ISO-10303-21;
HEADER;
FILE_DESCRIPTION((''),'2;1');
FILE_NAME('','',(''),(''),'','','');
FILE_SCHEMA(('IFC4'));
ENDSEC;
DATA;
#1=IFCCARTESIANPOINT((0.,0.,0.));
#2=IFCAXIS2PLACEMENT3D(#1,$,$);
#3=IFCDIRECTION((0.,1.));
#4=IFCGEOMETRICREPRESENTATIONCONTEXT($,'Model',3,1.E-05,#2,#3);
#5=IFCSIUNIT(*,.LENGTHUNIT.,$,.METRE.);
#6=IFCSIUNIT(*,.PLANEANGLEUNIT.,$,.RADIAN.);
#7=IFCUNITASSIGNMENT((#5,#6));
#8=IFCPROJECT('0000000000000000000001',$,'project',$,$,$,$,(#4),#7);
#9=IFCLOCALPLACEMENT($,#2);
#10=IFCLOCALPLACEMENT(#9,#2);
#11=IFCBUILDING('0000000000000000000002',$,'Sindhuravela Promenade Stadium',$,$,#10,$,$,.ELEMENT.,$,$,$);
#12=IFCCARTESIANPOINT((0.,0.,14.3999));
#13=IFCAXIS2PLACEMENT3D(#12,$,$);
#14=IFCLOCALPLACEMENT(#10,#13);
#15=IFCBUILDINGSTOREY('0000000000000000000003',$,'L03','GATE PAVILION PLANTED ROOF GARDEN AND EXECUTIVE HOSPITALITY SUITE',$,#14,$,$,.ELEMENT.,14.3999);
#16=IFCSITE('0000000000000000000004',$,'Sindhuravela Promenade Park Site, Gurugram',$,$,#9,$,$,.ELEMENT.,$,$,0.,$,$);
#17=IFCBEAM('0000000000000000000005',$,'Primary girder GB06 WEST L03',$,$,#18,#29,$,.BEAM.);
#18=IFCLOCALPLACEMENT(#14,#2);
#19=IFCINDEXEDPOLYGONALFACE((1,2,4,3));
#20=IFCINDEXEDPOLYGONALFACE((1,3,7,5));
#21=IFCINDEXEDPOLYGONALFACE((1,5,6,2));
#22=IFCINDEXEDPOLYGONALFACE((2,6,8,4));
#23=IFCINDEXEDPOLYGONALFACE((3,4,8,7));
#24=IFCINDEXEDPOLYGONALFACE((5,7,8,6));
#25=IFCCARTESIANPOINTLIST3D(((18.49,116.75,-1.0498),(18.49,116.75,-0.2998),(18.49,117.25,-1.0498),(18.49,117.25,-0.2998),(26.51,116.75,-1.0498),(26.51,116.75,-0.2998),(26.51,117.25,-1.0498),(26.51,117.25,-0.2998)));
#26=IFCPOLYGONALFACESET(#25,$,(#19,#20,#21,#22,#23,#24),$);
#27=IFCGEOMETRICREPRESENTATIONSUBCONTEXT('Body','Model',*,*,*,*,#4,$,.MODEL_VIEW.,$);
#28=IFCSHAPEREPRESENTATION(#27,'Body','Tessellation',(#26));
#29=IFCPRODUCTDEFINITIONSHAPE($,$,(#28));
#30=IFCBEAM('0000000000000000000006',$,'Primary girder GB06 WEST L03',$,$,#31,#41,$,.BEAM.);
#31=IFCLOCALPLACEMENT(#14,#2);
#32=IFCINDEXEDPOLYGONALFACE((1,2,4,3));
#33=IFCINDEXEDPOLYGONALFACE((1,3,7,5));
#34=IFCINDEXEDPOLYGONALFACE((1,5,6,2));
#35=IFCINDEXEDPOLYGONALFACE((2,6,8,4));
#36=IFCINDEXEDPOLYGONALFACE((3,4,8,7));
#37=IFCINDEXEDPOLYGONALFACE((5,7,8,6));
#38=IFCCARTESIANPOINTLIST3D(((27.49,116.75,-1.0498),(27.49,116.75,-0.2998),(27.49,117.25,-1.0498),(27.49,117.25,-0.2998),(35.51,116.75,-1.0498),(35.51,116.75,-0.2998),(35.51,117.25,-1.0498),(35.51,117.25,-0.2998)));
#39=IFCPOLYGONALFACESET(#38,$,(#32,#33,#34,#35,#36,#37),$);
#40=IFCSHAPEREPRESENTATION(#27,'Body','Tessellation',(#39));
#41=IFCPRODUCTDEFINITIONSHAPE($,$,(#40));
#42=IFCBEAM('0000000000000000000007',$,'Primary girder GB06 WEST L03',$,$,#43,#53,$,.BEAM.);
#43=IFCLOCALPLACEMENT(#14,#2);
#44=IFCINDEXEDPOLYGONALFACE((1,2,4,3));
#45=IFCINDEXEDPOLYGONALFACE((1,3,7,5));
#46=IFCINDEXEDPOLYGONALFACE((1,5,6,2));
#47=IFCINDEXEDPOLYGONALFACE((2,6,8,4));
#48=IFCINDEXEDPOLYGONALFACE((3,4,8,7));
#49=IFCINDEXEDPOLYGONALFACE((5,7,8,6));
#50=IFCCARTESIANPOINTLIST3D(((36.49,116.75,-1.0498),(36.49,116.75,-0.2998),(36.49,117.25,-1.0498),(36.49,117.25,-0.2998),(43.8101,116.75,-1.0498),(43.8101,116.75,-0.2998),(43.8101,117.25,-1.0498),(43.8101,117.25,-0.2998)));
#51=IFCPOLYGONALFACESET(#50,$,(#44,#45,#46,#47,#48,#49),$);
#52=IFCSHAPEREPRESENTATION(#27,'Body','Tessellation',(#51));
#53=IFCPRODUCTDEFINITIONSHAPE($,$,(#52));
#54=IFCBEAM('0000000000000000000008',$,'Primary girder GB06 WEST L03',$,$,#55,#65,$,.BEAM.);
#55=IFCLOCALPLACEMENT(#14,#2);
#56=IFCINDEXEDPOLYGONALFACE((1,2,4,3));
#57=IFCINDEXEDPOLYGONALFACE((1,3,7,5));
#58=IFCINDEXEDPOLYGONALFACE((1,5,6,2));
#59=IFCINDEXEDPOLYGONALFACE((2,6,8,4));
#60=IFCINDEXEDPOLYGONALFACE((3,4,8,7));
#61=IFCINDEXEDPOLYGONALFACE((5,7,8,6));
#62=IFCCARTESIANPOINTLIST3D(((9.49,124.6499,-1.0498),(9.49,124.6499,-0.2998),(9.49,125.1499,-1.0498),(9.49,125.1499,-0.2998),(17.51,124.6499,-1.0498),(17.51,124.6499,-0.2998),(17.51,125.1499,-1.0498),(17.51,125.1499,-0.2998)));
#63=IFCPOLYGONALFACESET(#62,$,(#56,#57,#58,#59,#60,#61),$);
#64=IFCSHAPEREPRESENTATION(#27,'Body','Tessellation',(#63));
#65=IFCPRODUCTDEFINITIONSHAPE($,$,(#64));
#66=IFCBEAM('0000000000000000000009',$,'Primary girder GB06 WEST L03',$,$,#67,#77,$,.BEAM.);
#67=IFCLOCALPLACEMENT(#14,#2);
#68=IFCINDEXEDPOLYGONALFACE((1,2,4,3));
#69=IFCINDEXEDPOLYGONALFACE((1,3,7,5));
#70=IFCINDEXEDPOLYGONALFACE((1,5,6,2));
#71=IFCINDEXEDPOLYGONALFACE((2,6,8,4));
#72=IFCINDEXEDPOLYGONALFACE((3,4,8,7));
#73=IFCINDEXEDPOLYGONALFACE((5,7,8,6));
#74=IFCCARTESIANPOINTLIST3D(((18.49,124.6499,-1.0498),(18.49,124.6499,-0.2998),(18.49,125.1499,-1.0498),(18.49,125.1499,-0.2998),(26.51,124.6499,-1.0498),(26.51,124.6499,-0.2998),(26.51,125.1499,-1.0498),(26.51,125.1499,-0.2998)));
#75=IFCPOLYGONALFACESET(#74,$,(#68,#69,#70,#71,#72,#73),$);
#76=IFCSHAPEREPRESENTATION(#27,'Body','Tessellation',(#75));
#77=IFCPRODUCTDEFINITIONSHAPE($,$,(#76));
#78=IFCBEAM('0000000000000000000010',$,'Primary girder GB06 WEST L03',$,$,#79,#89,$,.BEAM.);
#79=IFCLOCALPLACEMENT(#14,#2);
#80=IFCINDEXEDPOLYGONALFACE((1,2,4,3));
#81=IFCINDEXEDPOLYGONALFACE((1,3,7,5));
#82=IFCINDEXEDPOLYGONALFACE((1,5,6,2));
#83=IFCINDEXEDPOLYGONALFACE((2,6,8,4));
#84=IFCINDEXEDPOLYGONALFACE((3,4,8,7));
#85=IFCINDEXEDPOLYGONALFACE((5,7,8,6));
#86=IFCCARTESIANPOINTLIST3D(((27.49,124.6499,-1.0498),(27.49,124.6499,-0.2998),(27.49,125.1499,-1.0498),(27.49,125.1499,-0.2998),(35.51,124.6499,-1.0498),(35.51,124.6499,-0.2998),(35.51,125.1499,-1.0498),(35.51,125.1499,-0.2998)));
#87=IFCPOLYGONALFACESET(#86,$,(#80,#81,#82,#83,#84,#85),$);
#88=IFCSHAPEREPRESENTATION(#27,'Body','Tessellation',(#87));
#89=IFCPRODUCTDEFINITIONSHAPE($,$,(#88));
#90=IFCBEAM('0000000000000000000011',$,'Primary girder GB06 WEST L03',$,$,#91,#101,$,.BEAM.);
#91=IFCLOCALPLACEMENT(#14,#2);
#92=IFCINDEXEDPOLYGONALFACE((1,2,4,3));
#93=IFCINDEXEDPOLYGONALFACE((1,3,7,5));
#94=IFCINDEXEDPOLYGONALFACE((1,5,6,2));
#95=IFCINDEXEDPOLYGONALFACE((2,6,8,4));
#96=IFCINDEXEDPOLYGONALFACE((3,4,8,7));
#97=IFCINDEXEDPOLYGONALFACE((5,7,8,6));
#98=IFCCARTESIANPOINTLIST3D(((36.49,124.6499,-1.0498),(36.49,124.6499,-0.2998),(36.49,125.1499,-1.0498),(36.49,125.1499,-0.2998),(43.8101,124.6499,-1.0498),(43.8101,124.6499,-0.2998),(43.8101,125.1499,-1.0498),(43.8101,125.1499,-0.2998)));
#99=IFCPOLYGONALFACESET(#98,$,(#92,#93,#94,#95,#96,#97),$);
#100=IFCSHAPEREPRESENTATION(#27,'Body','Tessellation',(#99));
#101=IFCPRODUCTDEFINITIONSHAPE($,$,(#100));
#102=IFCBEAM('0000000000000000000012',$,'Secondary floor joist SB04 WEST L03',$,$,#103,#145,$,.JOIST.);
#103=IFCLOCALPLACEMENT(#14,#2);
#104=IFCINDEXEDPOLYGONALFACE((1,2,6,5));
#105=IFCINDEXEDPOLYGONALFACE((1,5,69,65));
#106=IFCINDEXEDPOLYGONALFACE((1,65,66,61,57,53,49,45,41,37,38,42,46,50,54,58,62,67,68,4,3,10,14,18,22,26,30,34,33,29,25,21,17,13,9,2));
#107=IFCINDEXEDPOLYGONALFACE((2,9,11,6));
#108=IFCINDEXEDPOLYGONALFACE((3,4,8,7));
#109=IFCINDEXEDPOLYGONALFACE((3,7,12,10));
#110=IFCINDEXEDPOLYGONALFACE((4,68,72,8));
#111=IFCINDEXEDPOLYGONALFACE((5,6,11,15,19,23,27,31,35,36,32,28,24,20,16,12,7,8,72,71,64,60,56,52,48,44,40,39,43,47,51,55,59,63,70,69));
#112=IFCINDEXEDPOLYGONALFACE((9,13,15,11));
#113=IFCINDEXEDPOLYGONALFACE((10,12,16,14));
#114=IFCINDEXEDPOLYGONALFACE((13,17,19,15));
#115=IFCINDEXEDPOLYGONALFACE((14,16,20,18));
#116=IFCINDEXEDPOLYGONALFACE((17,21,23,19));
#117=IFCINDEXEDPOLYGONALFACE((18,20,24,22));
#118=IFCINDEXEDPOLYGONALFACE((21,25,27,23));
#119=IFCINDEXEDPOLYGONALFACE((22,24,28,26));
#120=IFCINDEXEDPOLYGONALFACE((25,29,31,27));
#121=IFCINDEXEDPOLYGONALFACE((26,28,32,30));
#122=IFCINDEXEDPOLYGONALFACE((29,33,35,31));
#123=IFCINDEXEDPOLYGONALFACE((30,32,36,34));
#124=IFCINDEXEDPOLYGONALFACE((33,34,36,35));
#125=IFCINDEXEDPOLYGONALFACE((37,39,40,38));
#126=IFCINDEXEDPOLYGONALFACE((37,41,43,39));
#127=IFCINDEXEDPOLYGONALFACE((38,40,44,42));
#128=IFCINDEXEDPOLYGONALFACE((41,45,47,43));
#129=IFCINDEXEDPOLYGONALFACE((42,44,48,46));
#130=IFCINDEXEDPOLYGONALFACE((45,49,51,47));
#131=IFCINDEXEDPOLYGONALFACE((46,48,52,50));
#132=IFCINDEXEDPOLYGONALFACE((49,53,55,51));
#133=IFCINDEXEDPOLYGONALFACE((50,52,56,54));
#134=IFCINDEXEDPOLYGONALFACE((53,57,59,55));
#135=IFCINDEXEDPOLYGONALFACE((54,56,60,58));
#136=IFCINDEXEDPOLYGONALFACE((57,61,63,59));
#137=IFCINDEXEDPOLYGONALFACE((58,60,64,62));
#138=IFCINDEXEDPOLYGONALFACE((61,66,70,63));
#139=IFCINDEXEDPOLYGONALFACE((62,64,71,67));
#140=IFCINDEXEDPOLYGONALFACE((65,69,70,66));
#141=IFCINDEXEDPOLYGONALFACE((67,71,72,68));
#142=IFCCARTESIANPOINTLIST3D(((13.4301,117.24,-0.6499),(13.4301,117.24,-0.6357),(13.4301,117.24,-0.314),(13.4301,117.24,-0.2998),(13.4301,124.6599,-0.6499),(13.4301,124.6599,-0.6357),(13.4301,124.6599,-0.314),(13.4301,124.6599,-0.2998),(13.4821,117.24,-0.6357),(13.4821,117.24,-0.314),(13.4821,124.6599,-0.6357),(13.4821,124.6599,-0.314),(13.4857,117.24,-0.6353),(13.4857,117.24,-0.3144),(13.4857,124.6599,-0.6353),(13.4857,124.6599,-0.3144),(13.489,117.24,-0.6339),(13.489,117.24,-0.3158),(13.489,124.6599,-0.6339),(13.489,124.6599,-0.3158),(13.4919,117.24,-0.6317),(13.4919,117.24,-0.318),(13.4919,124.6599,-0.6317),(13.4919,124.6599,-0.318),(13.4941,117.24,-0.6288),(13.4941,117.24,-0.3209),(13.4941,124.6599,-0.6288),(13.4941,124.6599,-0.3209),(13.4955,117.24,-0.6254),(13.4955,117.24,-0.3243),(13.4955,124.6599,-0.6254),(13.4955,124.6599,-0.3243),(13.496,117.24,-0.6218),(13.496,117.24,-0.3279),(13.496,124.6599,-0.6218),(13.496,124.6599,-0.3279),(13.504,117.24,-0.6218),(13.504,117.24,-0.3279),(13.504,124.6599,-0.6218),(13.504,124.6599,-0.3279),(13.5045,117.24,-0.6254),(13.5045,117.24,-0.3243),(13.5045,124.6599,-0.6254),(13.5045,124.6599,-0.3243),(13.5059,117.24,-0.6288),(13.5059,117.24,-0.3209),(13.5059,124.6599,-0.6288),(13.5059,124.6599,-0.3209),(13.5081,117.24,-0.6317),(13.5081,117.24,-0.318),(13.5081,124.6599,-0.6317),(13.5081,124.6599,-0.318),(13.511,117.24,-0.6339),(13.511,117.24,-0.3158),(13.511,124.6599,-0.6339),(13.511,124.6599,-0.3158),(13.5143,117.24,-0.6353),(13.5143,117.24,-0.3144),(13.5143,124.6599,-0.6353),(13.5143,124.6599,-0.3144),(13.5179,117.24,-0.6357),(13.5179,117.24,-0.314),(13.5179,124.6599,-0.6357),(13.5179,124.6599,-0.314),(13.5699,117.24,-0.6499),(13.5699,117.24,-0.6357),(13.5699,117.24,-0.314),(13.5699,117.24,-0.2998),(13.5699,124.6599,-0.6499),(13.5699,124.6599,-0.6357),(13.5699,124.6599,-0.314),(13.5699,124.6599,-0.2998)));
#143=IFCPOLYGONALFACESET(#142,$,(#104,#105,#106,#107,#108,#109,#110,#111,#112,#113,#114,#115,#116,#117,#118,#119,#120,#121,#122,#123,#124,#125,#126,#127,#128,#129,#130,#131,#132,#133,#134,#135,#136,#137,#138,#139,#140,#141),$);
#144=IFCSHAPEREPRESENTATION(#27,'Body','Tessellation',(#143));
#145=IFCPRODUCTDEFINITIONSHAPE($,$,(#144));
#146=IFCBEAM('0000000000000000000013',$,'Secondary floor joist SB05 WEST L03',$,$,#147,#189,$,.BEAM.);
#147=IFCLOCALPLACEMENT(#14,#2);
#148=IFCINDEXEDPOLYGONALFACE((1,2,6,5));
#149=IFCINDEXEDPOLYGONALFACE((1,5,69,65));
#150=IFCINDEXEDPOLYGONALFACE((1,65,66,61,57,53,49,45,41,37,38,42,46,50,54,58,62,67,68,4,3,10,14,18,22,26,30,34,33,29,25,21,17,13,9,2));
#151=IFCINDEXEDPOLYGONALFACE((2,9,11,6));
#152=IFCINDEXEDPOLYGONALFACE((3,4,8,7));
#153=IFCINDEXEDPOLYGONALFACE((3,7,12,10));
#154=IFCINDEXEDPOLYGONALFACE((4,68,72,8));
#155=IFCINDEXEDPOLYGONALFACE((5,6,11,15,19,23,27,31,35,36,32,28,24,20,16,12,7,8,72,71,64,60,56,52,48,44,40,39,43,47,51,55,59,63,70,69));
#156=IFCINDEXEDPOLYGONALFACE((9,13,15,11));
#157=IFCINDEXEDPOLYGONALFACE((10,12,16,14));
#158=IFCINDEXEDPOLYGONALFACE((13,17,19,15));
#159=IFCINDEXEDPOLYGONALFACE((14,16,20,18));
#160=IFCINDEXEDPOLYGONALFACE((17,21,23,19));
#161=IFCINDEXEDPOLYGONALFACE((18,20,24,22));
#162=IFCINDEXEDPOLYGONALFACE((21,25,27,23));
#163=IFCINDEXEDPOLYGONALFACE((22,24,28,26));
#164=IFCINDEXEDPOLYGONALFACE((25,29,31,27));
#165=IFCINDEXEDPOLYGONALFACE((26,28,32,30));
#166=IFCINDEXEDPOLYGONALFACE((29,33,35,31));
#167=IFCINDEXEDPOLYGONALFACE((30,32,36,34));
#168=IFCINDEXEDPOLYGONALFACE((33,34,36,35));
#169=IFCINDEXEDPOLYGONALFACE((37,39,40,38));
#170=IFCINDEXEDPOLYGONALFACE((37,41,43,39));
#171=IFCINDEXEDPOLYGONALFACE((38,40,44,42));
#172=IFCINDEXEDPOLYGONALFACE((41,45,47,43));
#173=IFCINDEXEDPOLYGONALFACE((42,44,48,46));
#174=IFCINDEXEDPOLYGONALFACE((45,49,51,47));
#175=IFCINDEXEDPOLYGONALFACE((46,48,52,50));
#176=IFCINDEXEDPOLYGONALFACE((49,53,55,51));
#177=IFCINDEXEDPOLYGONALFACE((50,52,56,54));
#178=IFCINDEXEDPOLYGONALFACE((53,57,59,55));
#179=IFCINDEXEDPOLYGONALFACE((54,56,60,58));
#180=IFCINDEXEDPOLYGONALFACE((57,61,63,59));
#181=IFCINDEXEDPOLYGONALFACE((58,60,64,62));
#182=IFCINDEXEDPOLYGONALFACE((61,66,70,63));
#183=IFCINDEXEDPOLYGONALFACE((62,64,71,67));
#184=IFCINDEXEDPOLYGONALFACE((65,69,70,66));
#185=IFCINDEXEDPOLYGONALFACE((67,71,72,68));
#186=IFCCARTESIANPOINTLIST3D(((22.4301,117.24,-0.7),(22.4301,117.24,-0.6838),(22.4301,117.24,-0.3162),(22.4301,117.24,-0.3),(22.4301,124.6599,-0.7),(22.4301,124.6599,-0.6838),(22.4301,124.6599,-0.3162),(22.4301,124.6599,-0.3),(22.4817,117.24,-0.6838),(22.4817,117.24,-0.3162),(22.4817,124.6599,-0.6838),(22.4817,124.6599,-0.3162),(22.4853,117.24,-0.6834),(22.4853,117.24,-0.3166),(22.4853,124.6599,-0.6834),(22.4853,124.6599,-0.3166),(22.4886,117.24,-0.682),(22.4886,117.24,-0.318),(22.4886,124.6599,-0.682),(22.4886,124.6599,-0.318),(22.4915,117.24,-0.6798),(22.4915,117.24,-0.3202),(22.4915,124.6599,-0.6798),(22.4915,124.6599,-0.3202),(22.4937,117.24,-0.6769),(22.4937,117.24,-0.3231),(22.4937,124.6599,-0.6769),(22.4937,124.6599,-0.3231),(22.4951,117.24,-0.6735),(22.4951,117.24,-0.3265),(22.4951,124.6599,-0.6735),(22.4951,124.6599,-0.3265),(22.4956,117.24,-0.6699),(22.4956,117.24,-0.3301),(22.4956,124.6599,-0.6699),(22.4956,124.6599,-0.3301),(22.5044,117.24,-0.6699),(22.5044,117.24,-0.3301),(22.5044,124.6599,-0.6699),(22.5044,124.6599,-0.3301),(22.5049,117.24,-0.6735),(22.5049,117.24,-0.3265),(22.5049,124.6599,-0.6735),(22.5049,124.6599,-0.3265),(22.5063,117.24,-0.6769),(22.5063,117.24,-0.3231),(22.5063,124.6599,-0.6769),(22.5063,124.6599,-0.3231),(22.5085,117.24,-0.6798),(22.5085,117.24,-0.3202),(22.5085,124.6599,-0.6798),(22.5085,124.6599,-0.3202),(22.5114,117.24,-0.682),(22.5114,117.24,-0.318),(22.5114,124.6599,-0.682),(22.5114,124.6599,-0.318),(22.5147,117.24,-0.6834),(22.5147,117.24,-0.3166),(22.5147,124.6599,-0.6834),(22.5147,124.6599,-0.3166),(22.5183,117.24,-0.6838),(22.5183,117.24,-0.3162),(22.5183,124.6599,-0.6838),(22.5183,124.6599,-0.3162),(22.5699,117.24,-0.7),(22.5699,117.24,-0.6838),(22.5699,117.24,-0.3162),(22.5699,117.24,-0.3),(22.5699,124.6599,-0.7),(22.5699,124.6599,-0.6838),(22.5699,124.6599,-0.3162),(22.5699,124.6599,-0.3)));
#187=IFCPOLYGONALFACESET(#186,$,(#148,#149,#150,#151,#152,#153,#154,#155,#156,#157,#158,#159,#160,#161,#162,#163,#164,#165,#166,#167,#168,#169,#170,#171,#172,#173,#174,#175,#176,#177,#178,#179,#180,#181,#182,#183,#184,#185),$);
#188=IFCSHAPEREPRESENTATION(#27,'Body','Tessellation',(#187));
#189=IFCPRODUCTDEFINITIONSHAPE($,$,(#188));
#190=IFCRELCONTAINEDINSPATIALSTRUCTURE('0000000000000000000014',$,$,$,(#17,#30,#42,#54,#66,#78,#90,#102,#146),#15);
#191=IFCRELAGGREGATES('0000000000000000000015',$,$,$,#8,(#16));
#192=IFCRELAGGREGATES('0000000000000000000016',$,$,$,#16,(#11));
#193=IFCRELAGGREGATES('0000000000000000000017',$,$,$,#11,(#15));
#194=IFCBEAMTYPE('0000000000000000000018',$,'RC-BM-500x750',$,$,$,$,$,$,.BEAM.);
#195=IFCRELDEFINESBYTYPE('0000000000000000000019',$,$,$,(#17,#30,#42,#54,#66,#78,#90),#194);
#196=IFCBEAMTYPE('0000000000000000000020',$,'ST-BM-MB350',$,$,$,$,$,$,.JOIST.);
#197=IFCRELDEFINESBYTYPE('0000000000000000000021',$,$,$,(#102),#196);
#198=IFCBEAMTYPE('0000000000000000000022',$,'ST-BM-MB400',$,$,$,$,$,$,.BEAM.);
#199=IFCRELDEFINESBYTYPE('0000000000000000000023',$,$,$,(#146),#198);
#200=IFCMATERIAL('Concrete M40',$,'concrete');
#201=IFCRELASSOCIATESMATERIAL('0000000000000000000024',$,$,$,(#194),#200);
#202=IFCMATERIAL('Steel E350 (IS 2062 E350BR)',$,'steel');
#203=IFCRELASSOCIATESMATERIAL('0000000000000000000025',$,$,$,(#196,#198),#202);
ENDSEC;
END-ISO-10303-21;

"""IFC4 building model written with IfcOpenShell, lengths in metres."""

from ifc_helpers import new_model, si_unit, direction, frame, origin, origin_2d, place, context, subcontext, project, spatial, rectangle, i_section, extrude, material, material_profile, profile_set, type_object, element, save


model = new_model("IFC4")

# Units and contexts
model_context = context("Model", 3, precision=1e-05, world=origin(), true_north=direction((0.0, 1.0)))
body_context = subcontext(model_context, "Body", "Model", "MODEL_VIEW")
ifc_project = project(units=[si_unit("LENGTHUNIT", "METRE"), si_unit("PLANEANGLEUNIT", "RADIAN")], contexts=[model_context])

# Site, building, storey
site_placement = place(None, origin())
site = spatial("IfcSite", under=ifc_project, at=site_placement, Name="Sindhuravela Promenade Park Site, Gurugram", CompositionType="ELEMENT", RefElevation=0.0)
building_placement = place(site_placement, origin())
building = spatial("IfcBuilding", under=site, at=building_placement, Name="Sindhuravela Promenade Stadium", CompositionType="ELEMENT")
storey_placement = place(building_placement, frame((0.0, 0.0, 14.3999)))
storey = spatial("IfcBuildingStorey", under=building, at=storey_placement, Name="L03", Description="GATE PAVILION PLANTED ROOF GARDEN AND EXECUTIVE HOSPITALITY SUITE", CompositionType="ELEMENT", Elevation=14.3999)

# Shared definitions
ifc_material_1 = material(Name="Concrete M40", Category="concrete")

# Beams
ifc_material_profile_1 = material_profile(ifc_material_1, rectangle(XDim=0.5, YDim=0.75, at=origin_2d()), Name="RC 500x750")
ifc_profile_set_1 = profile_set([ifc_material_profile_1], Name="Concrete M40")
beam_type_1 = type_object("IfcBeamType", Name="RC-BM-500x750", PredefinedType="BEAM", material=ifc_profile_set_1)
for number, where, z_axis, x_axis, name in (
    (1, (18.49, 117.0, -0.6748), (1.0, 0.0, 0.0), (0.0, 1.0, 0.0), "Primary girder GB06 WEST L03"),
    (2, (27.49, 117.0, -0.6748), (1.0, 0.0, 0.0), (0.0, 1.0, 0.0), "Primary girder GB06 WEST L03"),
):
    element("IfcBeam", number, at=place(storey_placement, frame(where, z_axis=z_axis, x_axis=x_axis)), inside=storey, type_object=beam_type_1, Name=name, PredefinedType="BEAM", context=body_context, shape_type="SweptSolid", body=[
        extrude(rectangle(XDim=0.5, YDim=0.75, at=origin_2d()), origin(), (0.0, 0.0, 1.0), 8.02),
    ])
beam_1_placement = place(storey_placement, frame((36.49, 117.0, -0.6748), z_axis=(1.0, 0.0, 0.0), x_axis=(0.0, 1.0, 0.0)))
element("IfcBeam", 3, at=beam_1_placement, inside=storey, type_object=beam_type_1, Name="Primary girder GB06 WEST L03", PredefinedType="BEAM", context=body_context, shape_type="SweptSolid", body=[
    extrude(rectangle(XDim=0.5, YDim=0.75, at=origin_2d()), origin(), (0.0, 0.0, 1.0), 7.3201),
])
for number, where, z_axis, x_axis, name in (
    (4, (9.49, 124.8999, -0.6748), (1.0, 0.0, 0.0), (0.0, 1.0, 0.0), "Primary girder GB06 WEST L03"),
    (5, (18.49, 124.8999, -0.6748), (1.0, 0.0, 0.0), (0.0, 1.0, 0.0), "Primary girder GB06 WEST L03"),
    (6, (27.49, 124.8999, -0.6748), (1.0, 0.0, 0.0), (0.0, 1.0, 0.0), "Primary girder GB06 WEST L03"),
):
    element("IfcBeam", number, at=place(storey_placement, frame(where, z_axis=z_axis, x_axis=x_axis)), inside=storey, type_object=beam_type_1, Name=name, PredefinedType="BEAM", context=body_context, shape_type="SweptSolid", body=[
        extrude(rectangle(XDim=0.5, YDim=0.75, at=origin_2d()), origin(), (0.0, 0.0, 1.0), 8.02),
    ])
beam_2_placement = place(storey_placement, frame((36.49, 124.8999, -0.6748), z_axis=(1.0, 0.0, 0.0), x_axis=(0.0, 1.0, 0.0)))
element("IfcBeam", 7, at=beam_2_placement, inside=storey, type_object=beam_type_1, Name="Primary girder GB06 WEST L03", PredefinedType="BEAM", context=body_context, shape_type="SweptSolid", body=[
    extrude(rectangle(XDim=0.5, YDim=0.75, at=origin_2d()), origin(), (0.0, 0.0, 1.0), 7.3201),
])
ifc_material_2 = material(Name="Steel E350 (IS 2062 E350BR)", Category="steel")
ifc_material_profile_2 = material_profile(ifc_material_2, i_section(OverallWidth=0.1399, OverallDepth=0.3501, WebThickness=0.0081, FlangeThickness=0.0142, FilletRadius=0.0139, at=origin_2d()), Name="ISMB 350")
ifc_profile_set_2 = profile_set([ifc_material_profile_2], Name="Steel E350 (IS 2062 E350BR)")
beam_type_2 = type_object("IfcBeamType", Name="ST-BM-MB350", PredefinedType="JOIST", material=ifc_profile_set_2)
beam_3_placement = place(storey_placement, frame((13.5, 117.24, -0.4749), z_axis=(0.0, 1.0, 0.0), x_axis=(-1.0, 0.0, 0.0)))
element("IfcBeam", 8, at=beam_3_placement, inside=storey, type_object=beam_type_2, Name="Secondary floor joist SB04 WEST L03", PredefinedType="JOIST", context=body_context, shape_type="SweptSolid", body=[
    extrude(i_section(OverallWidth=0.1399, OverallDepth=0.3501, WebThickness=0.0081, FlangeThickness=0.0142, FilletRadius=0.0139, at=origin_2d()), origin(), (0.0, 0.0, 1.0), 7.4199),
])
ifc_material_profile_3 = material_profile(ifc_material_2, i_section(OverallWidth=0.1399, OverallDepth=0.3999, WebThickness=0.0088, FlangeThickness=0.0161, FilletRadius=0.0139, at=origin_2d()), Name="ISMB 400")
ifc_profile_set_3 = profile_set([ifc_material_profile_3], Name="Steel E350 (IS 2062 E350BR)")
beam_type_3 = type_object("IfcBeamType", Name="ST-BM-MB400", PredefinedType="BEAM", material=ifc_profile_set_3)
beam_4_placement = place(storey_placement, frame((22.5, 117.24, -0.5), z_axis=(0.0, 1.0, 0.0), x_axis=(-1.0, 0.0, 0.0)))
element("IfcBeam", 9, at=beam_4_placement, inside=storey, type_object=beam_type_3, Name="Secondary floor joist SB05 WEST L03", PredefinedType="BEAM", context=body_context, shape_type="SweptSolid", body=[
    extrude(i_section(OverallWidth=0.1399, OverallDepth=0.3999, WebThickness=0.0088, FlangeThickness=0.0161, FilletRadius=0.0139, at=origin_2d()), origin(), (0.0, 0.0, 1.0), 7.4199),
])

save(model, "model.ifc")
